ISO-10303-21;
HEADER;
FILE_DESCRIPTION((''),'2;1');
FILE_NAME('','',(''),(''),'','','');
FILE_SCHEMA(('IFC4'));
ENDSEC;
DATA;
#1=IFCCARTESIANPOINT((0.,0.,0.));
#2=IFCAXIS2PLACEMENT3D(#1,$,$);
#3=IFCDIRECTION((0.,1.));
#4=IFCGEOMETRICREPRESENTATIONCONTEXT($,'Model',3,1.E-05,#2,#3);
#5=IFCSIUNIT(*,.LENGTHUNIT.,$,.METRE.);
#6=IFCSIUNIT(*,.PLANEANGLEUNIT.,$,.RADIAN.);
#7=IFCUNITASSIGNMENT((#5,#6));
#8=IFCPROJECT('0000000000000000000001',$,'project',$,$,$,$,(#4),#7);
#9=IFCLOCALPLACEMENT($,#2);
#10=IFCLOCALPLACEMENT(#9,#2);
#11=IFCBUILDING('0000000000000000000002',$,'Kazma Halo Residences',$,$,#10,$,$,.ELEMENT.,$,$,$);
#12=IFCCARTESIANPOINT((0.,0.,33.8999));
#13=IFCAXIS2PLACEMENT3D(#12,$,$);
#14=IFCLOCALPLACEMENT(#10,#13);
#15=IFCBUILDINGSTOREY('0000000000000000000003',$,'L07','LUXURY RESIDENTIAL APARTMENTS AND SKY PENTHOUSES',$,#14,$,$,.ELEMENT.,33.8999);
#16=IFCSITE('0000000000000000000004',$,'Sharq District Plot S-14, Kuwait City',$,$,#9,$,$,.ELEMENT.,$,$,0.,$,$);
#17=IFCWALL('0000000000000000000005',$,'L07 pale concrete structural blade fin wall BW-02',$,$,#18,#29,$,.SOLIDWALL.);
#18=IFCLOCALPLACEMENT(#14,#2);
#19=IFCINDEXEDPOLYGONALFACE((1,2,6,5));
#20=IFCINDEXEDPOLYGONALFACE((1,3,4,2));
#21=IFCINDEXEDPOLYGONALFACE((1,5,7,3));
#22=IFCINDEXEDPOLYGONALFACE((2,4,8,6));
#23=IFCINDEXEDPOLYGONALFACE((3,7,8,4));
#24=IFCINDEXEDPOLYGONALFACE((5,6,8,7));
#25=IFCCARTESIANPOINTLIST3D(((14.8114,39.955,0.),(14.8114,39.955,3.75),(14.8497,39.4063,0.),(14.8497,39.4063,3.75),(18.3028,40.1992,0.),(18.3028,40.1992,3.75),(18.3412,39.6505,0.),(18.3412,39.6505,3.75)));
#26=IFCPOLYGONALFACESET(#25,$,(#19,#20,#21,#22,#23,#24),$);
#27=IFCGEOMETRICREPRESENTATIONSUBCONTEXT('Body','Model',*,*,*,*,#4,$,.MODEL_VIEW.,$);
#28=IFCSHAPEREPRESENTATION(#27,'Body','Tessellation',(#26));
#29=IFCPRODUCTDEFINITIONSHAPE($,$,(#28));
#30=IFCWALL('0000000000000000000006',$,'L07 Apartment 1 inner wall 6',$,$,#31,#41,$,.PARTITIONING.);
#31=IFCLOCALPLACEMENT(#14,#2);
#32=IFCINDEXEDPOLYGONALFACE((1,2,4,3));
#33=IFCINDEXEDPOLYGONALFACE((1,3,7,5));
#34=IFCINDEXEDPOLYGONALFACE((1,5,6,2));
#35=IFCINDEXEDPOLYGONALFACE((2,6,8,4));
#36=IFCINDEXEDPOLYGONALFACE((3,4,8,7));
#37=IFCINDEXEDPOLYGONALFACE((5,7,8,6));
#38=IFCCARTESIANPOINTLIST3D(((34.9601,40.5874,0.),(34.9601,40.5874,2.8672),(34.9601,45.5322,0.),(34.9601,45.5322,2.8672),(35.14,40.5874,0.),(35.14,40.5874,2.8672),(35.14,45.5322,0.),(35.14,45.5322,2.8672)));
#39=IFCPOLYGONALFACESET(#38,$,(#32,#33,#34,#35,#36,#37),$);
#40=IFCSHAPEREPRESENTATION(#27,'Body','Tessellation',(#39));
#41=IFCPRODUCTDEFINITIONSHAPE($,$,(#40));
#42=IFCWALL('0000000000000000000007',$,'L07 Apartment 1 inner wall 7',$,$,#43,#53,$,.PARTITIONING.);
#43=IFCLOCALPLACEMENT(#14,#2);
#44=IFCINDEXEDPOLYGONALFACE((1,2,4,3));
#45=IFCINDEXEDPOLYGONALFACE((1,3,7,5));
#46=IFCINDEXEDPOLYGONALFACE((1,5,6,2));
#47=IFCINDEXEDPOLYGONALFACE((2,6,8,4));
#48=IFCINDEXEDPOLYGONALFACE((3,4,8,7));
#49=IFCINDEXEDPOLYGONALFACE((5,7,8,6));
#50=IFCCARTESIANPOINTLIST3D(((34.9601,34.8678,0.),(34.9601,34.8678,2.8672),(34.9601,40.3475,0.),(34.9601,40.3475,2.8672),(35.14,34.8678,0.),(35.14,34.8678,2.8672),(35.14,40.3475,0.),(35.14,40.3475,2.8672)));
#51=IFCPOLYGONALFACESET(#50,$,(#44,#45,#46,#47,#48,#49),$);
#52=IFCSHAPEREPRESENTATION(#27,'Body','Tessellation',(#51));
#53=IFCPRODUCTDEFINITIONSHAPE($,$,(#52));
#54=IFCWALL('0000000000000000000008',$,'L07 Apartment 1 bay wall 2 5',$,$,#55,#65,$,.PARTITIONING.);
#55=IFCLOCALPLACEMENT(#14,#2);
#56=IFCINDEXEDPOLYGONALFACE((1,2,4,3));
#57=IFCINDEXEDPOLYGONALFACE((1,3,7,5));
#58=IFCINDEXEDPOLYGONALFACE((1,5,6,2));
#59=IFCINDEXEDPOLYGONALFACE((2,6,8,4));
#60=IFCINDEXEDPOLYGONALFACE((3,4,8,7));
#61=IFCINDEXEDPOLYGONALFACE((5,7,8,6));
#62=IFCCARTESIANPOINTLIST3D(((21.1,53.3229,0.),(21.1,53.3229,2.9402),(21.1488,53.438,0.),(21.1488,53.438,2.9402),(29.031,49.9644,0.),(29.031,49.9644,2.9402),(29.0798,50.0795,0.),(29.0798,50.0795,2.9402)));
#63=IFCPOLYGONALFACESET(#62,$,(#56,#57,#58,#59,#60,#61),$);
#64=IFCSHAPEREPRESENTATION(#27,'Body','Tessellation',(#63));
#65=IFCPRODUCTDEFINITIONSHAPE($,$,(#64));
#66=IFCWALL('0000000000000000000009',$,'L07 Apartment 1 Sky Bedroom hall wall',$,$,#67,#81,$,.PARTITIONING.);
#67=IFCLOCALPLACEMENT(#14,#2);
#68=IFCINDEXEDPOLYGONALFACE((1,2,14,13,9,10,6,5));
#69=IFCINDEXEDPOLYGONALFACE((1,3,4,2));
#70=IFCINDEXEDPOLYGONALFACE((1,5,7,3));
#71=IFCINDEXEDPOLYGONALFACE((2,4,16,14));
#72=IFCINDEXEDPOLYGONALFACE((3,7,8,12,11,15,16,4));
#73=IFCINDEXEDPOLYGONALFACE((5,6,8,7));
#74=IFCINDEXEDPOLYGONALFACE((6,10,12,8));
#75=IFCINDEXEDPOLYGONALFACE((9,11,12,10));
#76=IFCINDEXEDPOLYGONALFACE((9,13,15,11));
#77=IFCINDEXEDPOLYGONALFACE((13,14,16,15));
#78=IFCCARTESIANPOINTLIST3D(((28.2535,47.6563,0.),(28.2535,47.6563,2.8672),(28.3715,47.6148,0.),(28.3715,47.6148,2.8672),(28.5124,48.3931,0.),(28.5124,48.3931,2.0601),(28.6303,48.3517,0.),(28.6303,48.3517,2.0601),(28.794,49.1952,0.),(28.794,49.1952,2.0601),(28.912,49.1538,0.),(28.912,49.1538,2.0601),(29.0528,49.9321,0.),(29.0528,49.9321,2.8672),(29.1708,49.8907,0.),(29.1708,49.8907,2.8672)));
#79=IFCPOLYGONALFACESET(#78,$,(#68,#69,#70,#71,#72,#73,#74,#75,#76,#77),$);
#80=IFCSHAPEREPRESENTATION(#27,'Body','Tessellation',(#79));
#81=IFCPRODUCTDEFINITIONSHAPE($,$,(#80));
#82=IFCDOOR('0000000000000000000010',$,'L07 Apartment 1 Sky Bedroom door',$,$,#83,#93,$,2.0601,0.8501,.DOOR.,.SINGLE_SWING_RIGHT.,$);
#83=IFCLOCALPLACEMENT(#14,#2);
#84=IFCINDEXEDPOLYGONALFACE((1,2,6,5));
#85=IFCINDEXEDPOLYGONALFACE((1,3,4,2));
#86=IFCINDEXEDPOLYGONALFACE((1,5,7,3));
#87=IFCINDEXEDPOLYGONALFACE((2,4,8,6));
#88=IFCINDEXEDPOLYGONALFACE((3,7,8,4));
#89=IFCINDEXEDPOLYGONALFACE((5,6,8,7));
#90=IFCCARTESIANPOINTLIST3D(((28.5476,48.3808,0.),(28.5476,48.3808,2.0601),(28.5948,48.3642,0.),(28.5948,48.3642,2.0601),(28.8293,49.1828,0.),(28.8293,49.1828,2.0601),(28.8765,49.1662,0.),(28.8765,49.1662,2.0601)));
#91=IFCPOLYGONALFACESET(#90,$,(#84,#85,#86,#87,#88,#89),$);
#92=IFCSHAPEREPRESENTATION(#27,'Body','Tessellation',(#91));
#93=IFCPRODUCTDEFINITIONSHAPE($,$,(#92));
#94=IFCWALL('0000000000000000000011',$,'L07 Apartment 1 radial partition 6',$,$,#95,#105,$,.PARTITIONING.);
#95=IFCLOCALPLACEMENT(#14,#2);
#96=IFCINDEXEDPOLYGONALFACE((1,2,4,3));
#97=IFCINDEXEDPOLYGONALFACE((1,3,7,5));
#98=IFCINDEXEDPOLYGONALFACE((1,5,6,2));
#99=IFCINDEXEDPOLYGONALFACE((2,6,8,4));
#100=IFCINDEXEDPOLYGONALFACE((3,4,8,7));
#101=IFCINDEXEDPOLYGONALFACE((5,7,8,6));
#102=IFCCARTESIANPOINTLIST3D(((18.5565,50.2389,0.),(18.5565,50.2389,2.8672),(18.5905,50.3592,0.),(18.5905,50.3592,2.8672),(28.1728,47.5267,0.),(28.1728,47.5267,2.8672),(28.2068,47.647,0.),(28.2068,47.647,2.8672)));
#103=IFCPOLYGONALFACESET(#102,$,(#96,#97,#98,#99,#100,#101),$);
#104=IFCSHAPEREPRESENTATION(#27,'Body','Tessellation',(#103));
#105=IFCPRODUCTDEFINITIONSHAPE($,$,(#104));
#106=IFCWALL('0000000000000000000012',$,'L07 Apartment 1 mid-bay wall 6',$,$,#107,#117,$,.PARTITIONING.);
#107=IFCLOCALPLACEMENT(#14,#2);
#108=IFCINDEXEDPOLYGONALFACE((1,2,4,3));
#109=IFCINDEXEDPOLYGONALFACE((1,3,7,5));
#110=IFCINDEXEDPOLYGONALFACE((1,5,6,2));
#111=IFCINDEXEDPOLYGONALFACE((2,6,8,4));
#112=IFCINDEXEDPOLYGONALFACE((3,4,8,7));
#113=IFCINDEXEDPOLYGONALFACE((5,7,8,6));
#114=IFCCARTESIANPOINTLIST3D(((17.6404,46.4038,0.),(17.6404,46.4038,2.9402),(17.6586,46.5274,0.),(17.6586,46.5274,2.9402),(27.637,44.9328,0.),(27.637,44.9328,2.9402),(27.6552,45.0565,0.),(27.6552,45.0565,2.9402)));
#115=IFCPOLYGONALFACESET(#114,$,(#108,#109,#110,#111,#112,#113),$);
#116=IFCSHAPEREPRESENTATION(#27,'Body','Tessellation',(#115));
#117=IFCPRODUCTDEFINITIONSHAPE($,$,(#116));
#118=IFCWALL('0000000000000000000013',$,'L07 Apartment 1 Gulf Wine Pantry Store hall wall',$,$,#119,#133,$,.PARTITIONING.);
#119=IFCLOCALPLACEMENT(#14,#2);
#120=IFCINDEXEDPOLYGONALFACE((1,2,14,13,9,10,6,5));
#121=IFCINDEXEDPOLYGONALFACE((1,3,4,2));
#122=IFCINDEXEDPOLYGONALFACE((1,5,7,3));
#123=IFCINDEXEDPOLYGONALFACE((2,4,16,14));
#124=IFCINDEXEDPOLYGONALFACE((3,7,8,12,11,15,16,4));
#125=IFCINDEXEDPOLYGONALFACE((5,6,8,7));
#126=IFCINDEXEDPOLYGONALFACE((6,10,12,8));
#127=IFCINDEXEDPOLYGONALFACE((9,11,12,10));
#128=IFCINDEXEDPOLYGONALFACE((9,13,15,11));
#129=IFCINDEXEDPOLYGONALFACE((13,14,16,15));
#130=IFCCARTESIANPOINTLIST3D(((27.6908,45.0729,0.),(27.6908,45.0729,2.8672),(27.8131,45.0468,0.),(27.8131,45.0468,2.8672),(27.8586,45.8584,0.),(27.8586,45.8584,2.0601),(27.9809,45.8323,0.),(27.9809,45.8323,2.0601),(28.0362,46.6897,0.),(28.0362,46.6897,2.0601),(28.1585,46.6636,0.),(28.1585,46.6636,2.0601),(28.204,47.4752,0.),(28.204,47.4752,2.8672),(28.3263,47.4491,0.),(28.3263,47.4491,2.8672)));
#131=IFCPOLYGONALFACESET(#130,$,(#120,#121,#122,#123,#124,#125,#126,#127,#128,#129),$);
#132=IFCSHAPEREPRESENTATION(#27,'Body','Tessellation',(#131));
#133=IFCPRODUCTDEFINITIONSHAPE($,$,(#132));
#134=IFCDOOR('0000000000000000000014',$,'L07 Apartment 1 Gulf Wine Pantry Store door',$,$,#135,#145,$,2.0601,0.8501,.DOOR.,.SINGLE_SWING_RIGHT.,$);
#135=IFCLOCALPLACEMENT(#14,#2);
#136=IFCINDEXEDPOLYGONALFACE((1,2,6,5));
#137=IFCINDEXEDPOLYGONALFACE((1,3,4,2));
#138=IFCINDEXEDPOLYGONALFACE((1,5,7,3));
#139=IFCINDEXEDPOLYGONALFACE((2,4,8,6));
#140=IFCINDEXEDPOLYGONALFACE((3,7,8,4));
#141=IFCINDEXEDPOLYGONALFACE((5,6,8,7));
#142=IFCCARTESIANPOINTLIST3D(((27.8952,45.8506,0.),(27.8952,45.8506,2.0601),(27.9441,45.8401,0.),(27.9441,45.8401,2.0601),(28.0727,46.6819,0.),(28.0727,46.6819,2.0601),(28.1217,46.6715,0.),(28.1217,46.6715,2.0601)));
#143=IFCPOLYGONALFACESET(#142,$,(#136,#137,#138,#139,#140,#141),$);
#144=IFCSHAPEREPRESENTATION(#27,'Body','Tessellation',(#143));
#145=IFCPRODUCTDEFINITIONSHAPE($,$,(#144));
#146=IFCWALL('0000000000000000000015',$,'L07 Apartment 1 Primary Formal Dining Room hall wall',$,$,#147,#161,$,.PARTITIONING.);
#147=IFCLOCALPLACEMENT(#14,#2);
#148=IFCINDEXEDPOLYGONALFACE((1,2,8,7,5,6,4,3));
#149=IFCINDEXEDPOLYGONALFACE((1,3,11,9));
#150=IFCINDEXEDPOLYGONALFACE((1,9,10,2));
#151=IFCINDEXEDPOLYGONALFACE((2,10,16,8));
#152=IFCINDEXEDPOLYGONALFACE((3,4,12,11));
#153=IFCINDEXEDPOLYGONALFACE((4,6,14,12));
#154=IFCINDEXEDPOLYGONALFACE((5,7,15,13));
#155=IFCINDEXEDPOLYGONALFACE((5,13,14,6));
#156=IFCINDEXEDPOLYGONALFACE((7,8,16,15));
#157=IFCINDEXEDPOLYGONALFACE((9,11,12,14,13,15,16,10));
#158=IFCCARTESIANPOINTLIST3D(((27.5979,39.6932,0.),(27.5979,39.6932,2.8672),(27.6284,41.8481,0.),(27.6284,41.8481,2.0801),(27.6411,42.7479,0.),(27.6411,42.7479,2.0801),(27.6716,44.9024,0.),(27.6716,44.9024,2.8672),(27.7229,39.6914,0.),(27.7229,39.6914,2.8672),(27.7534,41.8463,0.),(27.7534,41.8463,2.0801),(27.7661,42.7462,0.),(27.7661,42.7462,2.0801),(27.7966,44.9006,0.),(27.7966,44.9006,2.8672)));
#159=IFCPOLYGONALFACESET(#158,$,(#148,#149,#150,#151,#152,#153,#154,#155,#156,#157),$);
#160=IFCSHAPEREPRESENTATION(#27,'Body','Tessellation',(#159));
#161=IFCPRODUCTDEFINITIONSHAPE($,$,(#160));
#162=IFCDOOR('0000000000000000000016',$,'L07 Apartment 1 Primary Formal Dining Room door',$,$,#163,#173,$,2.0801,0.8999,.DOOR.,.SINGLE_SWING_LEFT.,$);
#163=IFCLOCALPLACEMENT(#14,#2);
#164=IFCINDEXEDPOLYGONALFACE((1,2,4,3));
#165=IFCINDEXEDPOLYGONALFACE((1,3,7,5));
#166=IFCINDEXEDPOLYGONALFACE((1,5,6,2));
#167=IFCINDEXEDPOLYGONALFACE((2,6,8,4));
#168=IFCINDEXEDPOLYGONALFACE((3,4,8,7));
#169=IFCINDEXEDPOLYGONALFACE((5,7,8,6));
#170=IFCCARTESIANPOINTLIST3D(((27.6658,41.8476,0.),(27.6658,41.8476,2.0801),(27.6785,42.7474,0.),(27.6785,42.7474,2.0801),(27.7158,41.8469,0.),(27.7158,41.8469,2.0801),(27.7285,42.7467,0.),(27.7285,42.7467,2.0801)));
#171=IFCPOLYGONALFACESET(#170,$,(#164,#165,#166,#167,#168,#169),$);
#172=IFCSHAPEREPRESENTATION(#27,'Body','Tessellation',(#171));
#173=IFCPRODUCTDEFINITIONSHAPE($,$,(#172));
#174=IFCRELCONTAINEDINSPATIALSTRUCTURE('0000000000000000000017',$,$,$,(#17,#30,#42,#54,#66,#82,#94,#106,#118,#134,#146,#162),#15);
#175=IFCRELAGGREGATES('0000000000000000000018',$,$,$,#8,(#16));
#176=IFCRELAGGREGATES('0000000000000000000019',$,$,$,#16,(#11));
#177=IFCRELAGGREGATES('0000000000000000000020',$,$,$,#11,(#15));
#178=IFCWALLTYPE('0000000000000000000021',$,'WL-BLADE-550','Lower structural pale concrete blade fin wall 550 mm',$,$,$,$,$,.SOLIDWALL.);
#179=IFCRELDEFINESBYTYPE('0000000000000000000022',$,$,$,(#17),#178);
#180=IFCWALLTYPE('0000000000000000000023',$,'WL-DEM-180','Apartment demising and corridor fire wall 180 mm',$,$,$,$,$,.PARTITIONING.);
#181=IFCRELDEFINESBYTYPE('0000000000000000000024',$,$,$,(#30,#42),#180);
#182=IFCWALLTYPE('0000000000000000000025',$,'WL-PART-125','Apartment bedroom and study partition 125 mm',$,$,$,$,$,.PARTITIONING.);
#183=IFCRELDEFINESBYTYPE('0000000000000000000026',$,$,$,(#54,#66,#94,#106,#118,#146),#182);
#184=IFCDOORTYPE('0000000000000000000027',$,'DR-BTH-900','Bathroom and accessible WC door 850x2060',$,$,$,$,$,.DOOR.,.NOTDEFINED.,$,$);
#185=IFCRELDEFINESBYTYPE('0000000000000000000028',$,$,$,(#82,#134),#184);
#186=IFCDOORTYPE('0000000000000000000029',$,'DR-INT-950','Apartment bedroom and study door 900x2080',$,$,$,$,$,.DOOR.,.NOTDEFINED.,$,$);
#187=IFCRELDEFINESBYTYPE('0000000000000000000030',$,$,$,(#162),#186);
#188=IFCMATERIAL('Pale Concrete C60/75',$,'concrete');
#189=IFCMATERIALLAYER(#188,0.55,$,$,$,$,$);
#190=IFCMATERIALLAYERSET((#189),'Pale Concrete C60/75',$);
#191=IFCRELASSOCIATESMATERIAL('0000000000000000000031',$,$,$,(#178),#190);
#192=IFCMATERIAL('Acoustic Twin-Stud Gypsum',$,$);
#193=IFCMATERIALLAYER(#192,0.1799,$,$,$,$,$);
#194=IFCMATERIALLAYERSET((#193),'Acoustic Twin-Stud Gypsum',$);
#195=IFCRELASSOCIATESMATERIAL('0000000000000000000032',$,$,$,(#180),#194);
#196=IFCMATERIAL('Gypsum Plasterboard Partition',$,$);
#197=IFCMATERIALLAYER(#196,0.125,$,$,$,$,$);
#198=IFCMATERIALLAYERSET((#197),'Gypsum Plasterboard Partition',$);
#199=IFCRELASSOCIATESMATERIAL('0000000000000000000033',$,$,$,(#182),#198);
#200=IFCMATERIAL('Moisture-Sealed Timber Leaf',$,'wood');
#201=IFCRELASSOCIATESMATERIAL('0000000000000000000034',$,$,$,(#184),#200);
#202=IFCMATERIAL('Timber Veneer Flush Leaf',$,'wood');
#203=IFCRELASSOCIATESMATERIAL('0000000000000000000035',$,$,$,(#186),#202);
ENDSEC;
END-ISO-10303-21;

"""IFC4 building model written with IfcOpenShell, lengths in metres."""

from ifc_helpers import new_model, si_unit, direction, frame, frame_2d, origin, place, context, subcontext, project, spatial, rectangle, extrude, material, layer, layer_set, type_object, element, fill, save


model = new_model("IFC4")

# Units and contexts
model_context = context("Model", 3, precision=1e-05, world=origin(), true_north=direction((0.0, 1.0)))
body_context = subcontext(model_context, "Body", "Model", "MODEL_VIEW")
ifc_project = project(units=[si_unit("LENGTHUNIT", "METRE"), si_unit("PLANEANGLEUNIT", "RADIAN")], contexts=[model_context])

# Site, building, storey
site_placement = place(None, origin())
site = spatial("IfcSite", under=ifc_project, at=site_placement, Name="Sharq District Plot S-14, Kuwait City", CompositionType="ELEMENT", RefElevation=0.0)
building_placement = place(site_placement, origin())
building = spatial("IfcBuilding", under=site, at=building_placement, Name="Kazma Halo Residences", CompositionType="ELEMENT")
storey_placement = place(building_placement, frame((0.0, 0.0, 33.8999)))
storey = spatial("IfcBuildingStorey", under=building, at=storey_placement, Name="L07", Description="LUXURY RESIDENTIAL APARTMENTS AND SKY PENTHOUSES", CompositionType="ELEMENT", Elevation=33.8999)

# Walls
ifc_material_1 = material(Name="Pale Concrete C60/75", Category="concrete")
ifc_layer_1 = layer(ifc_material_1, 0.55)
ifc_layer_set_1 = layer_set([ifc_layer_1], Name="Pale Concrete C60/75")
wall_type_1 = type_object("IfcWallType", Name="WL-BLADE-550", Description="Lower structural pale concrete blade fin wall 550 mm", PredefinedType="SOLIDWALL", material=ifc_layer_set_1)
wall_1_placement = place(storey_placement, frame((18.322, 39.9248, 0.0), z_axis=(0.0, 0.0, 1.0), x_axis=(-0.997564, -0.069755, 0.0)))
element("IfcWall", 1, at=wall_1_placement, inside=storey, type_object=wall_type_1, Name="L07 pale concrete structural blade fin wall BW-02", PredefinedType="SOLIDWALL", context=body_context, shape_type="SweptSolid", body=[
    extrude(rectangle(XDim=3.5, YDim=0.55, at=frame_2d((1.75, 0.0))), origin(), (0.0, 0.0, 1.0), 3.75),
])
ifc_material_2 = material(Name="Acoustic Twin-Stud Gypsum")
ifc_layer_2 = layer(ifc_material_2, 0.1799)
ifc_layer_set_2 = layer_set([ifc_layer_2], Name="Acoustic Twin-Stud Gypsum")
wall_type_2 = type_object("IfcWallType", Name="WL-DEM-180", Description="Apartment demising and corridor fire wall 180 mm", PredefinedType="PARTITIONING", material=ifc_layer_set_2)
wall_2_placement = place(storey_placement, frame((35.05, 45.5322, 0.0), z_axis=(0.0, 0.0, 1.0), x_axis=(0.0, -1.0, 0.0)))
element("IfcWall", 2, at=wall_2_placement, inside=storey, type_object=wall_type_2, Name="L07 Apartment 1 inner wall 6", PredefinedType="PARTITIONING", context=body_context, shape_type="SweptSolid", body=[
    extrude(rectangle(XDim=4.9448, YDim=0.1799, at=frame_2d((2.4724, 0.0))), origin(), (0.0, 0.0, 1.0), 2.8672),
])
wall_3_placement = place(storey_placement, frame((35.05, 40.3474, 0.0), z_axis=(0.0, 0.0, 1.0), x_axis=(0.0, -1.0, 0.0)))
element("IfcWall", 3, at=wall_3_placement, inside=storey, type_object=wall_type_2, Name="L07 Apartment 1 inner wall 7", PredefinedType="PARTITIONING", context=body_context, shape_type="SweptSolid", body=[
    extrude(rectangle(XDim=5.4797, YDim=0.1799, at=frame_2d((2.7397, 0.0))), origin(), (0.0, 0.0, 1.0), 2.8672),
])
ifc_material_3 = material(Name="Gypsum Plasterboard Partition")
ifc_layer_3 = layer(ifc_material_3, 0.125)
ifc_layer_set_3 = layer_set([ifc_layer_3], Name="Gypsum Plasterboard Partition")
wall_type_3 = type_object("IfcWallType", Name="WL-PART-125", Description="Apartment bedroom and study partition 125 mm", PredefinedType="PARTITIONING", material=ifc_layer_set_3)
wall_4_placement = place(storey_placement, frame((29.0554, 50.022, 0.0), z_axis=(0.0, 0.0, 1.0), x_axis=(-0.920842, 0.389937, 0.0)))
element("IfcWall", 4, at=wall_4_placement, inside=storey, type_object=wall_type_3, Name="L07 Apartment 1 bay wall 2 5", PredefinedType="PARTITIONING", context=body_context, shape_type="SweptSolid", body=[
    extrude(rectangle(XDim=8.6128, YDim=0.125, at=frame_2d((4.3064, 0.0))), origin(), (0.0, 0.0, 1.0), 2.9402),
])

# Wall, opening, door
wall_5_placement = place(storey_placement, frame((29.1118, 49.9114, 0.0), z_axis=(0.0, 0.0, 1.0), x_axis=(-0.331369, -0.943501, 0.0)))
wall_5 = element("IfcWall", 5, at=wall_5_placement, inside=storey, type_object=wall_type_3, Name="L07 Apartment 1 Sky Bedroom hall wall", PredefinedType="PARTITIONING", context=body_context, shape_type="SweptSolid", body=[
    extrude(rectangle(XDim=2.4121, YDim=0.125, at=frame_2d((1.2061, 0.0))), origin(), (0.0, 0.0, 1.0), 2.8672),
])
opening_1_placement = place(wall_5_placement, frame((0.781, 0.0, 0.0)))
opening_1 = element("IfcOpeningElement", 6, at=opening_1_placement, cuts=wall_5, PredefinedType="OPENING", context=body_context, shape_type="SweptSolid", body=[
    extrude(rectangle(XDim=0.8501, YDim=2.0601, at=frame_2d((0.425, 1.03))), frame((0.0, 0.0725, 0.0), z_axis=(0.0, -1.0, 0.0), x_axis=(1.0, 0.0, 0.0)), (0.0, 0.0, 1.0), 0.145),
])
ifc_material_4 = material(Name="Moisture-Sealed Timber Leaf", Category="wood")
door_type_1 = type_object("IfcDoorType", Name="DR-BTH-900", Description="Bathroom and accessible WC door 850x2060", OperationType="NOTDEFINED", PredefinedType="DOOR", material=ifc_material_4)
door_1_placement = place(opening_1_placement, origin())
door_1 = element("IfcDoor", 7, at=door_1_placement, inside=storey, type_object=door_type_1, Name="L07 Apartment 1 Sky Bedroom door", OperationType="SINGLE_SWING_RIGHT", OverallHeight=2.0601, OverallWidth=0.8501, PredefinedType="DOOR", context=body_context, shape_type="SweptSolid", body=[
    extrude(rectangle(XDim=0.8501, YDim=2.0601, at=frame_2d((0.425, 1.03))), frame((0.0, 0.0249, 0.0), z_axis=(0.0, -1.0, 0.0), x_axis=(1.0, 0.0, 0.0)), (0.0, 0.0, 1.0), 0.05),
])
fill(opening_1, door_1)

# Walls
wall_6_placement = place(storey_placement, frame((28.1897, 47.5869, 0.0), z_axis=(0.0, 0.0, 1.0), x_axis=(-0.962452, 0.27145, 0.0)))
element("IfcWall", 8, at=wall_6_placement, inside=storey, type_object=wall_type_3, Name="L07 Apartment 1 radial partition 6", PredefinedType="PARTITIONING", context=body_context, shape_type="SweptSolid", body=[
    extrude(rectangle(XDim=9.9915, YDim=0.125, at=frame_2d((4.9956, 0.0))), origin(), (0.0, 0.0, 1.0), 2.8672),
])
wall_7_placement = place(storey_placement, frame((27.6462, 44.9946, 0.0), z_axis=(0.0, 0.0, 1.0), x_axis=(-0.989347, 0.145577, 0.0)))
element("IfcWall", 9, at=wall_7_placement, inside=storey, type_object=wall_type_3, Name="L07 Apartment 1 mid-bay wall 6", PredefinedType="PARTITIONING", context=body_context, shape_type="SweptSolid", body=[
    extrude(rectangle(XDim=10.1042, YDim=0.125, at=frame_2d((5.0522, 0.0))), origin(), (0.0, 0.0, 1.0), 2.9402),
])

# Walls, openings, doors
wall_8_placement = place(storey_placement, frame((28.2651, 47.4622, 0.0), z_axis=(0.0, 0.0, 1.0), x_axis=(-0.208905, -0.977936, 0.0)))
wall_8 = element("IfcWall", 10, at=wall_8_placement, inside=storey, type_object=wall_type_3, Name="L07 Apartment 1 Gulf Wine Pantry Store hall wall", PredefinedType="PARTITIONING", context=body_context, shape_type="SweptSolid", body=[
    extrude(rectangle(XDim=2.4565, YDim=0.125, at=frame_2d((1.2283, 0.0))), origin(), (0.0, 0.0, 1.0), 2.8672),
])
opening_2_placement = place(wall_8_placement, frame((0.8032, 0.0, 0.0)))
opening_2 = element("IfcOpeningElement", 11, at=opening_2_placement, cuts=wall_8, PredefinedType="OPENING", context=body_context, shape_type="SweptSolid", body=[
    extrude(rectangle(XDim=0.8501, YDim=2.0601, at=frame_2d((0.425, 1.03))), frame((0.0, 0.0725, 0.0), z_axis=(0.0, -1.0, 0.0), x_axis=(1.0, 0.0, 0.0)), (0.0, 0.0, 1.0), 0.145),
])
door_2_placement = place(opening_2_placement, origin())
door_2 = element("IfcDoor", 12, at=door_2_placement, inside=storey, type_object=door_type_1, Name="L07 Apartment 1 Gulf Wine Pantry Store door", OperationType="SINGLE_SWING_RIGHT", OverallHeight=2.0601, OverallWidth=0.8501, PredefinedType="DOOR", context=body_context, shape_type="SweptSolid", body=[
    extrude(rectangle(XDim=0.8501, YDim=2.0601, at=frame_2d((0.425, 1.03))), frame((0.0, 0.0249, 0.0), z_axis=(0.0, -1.0, 0.0), x_axis=(1.0, 0.0, 0.0)), (0.0, 0.0, 1.0), 0.05),
])
fill(opening_2, door_2)
wall_9_placement = place(storey_placement, frame((27.7341, 44.9016, 0.0), z_axis=(0.0, 0.0, 1.0), x_axis=(-0.014152, -0.9999, 0.0)))
wall_9 = element("IfcWall", 13, at=wall_9_placement, inside=storey, type_object=wall_type_3, Name="L07 Apartment 1 Primary Formal Dining Room hall wall", PredefinedType="PARTITIONING", context=body_context, shape_type="SweptSolid", body=[
    extrude(rectangle(XDim=5.2097, YDim=0.125, at=frame_2d((2.605, 0.0))), origin(), (0.0, 0.0, 1.0), 2.8672),
])
opening_3_placement = place(wall_9_placement, frame((2.1548, 0.0, 0.0)))
opening_3 = element("IfcOpeningElement", 14, at=opening_3_placement, cuts=wall_9, PredefinedType="OPENING", context=body_context, shape_type="SweptSolid", body=[
    extrude(rectangle(XDim=0.8999, YDim=2.0801, at=frame_2d((0.45, 1.04))), frame((0.0, 0.0725, 0.0), z_axis=(0.0, -1.0, 0.0), x_axis=(1.0, 0.0, 0.0)), (0.0, 0.0, 1.0), 0.145),
])
ifc_material_5 = material(Name="Timber Veneer Flush Leaf", Category="wood")
door_type_2 = type_object("IfcDoorType", Name="DR-INT-950", Description="Apartment bedroom and study door 900x2080", OperationType="NOTDEFINED", PredefinedType="DOOR", material=ifc_material_5)
door_3_placement = place(opening_3_placement, origin())
door_3 = element("IfcDoor", 15, at=door_3_placement, inside=storey, type_object=door_type_2, Name="L07 Apartment 1 Primary Formal Dining Room door", OperationType="SINGLE_SWING_LEFT", OverallHeight=2.0801, OverallWidth=0.8999, PredefinedType="DOOR", context=body_context, shape_type="SweptSolid", body=[
    extrude(rectangle(XDim=0.8999, YDim=2.0801, at=frame_2d((0.45, 1.04))), frame((0.0, 0.0249, 0.0), z_axis=(0.0, -1.0, 0.0), x_axis=(1.0, 0.0, 0.0)), (0.0, 0.0, 1.0), 0.05),
])
fill(opening_3, door_3)

save(model, "model.ifc")
